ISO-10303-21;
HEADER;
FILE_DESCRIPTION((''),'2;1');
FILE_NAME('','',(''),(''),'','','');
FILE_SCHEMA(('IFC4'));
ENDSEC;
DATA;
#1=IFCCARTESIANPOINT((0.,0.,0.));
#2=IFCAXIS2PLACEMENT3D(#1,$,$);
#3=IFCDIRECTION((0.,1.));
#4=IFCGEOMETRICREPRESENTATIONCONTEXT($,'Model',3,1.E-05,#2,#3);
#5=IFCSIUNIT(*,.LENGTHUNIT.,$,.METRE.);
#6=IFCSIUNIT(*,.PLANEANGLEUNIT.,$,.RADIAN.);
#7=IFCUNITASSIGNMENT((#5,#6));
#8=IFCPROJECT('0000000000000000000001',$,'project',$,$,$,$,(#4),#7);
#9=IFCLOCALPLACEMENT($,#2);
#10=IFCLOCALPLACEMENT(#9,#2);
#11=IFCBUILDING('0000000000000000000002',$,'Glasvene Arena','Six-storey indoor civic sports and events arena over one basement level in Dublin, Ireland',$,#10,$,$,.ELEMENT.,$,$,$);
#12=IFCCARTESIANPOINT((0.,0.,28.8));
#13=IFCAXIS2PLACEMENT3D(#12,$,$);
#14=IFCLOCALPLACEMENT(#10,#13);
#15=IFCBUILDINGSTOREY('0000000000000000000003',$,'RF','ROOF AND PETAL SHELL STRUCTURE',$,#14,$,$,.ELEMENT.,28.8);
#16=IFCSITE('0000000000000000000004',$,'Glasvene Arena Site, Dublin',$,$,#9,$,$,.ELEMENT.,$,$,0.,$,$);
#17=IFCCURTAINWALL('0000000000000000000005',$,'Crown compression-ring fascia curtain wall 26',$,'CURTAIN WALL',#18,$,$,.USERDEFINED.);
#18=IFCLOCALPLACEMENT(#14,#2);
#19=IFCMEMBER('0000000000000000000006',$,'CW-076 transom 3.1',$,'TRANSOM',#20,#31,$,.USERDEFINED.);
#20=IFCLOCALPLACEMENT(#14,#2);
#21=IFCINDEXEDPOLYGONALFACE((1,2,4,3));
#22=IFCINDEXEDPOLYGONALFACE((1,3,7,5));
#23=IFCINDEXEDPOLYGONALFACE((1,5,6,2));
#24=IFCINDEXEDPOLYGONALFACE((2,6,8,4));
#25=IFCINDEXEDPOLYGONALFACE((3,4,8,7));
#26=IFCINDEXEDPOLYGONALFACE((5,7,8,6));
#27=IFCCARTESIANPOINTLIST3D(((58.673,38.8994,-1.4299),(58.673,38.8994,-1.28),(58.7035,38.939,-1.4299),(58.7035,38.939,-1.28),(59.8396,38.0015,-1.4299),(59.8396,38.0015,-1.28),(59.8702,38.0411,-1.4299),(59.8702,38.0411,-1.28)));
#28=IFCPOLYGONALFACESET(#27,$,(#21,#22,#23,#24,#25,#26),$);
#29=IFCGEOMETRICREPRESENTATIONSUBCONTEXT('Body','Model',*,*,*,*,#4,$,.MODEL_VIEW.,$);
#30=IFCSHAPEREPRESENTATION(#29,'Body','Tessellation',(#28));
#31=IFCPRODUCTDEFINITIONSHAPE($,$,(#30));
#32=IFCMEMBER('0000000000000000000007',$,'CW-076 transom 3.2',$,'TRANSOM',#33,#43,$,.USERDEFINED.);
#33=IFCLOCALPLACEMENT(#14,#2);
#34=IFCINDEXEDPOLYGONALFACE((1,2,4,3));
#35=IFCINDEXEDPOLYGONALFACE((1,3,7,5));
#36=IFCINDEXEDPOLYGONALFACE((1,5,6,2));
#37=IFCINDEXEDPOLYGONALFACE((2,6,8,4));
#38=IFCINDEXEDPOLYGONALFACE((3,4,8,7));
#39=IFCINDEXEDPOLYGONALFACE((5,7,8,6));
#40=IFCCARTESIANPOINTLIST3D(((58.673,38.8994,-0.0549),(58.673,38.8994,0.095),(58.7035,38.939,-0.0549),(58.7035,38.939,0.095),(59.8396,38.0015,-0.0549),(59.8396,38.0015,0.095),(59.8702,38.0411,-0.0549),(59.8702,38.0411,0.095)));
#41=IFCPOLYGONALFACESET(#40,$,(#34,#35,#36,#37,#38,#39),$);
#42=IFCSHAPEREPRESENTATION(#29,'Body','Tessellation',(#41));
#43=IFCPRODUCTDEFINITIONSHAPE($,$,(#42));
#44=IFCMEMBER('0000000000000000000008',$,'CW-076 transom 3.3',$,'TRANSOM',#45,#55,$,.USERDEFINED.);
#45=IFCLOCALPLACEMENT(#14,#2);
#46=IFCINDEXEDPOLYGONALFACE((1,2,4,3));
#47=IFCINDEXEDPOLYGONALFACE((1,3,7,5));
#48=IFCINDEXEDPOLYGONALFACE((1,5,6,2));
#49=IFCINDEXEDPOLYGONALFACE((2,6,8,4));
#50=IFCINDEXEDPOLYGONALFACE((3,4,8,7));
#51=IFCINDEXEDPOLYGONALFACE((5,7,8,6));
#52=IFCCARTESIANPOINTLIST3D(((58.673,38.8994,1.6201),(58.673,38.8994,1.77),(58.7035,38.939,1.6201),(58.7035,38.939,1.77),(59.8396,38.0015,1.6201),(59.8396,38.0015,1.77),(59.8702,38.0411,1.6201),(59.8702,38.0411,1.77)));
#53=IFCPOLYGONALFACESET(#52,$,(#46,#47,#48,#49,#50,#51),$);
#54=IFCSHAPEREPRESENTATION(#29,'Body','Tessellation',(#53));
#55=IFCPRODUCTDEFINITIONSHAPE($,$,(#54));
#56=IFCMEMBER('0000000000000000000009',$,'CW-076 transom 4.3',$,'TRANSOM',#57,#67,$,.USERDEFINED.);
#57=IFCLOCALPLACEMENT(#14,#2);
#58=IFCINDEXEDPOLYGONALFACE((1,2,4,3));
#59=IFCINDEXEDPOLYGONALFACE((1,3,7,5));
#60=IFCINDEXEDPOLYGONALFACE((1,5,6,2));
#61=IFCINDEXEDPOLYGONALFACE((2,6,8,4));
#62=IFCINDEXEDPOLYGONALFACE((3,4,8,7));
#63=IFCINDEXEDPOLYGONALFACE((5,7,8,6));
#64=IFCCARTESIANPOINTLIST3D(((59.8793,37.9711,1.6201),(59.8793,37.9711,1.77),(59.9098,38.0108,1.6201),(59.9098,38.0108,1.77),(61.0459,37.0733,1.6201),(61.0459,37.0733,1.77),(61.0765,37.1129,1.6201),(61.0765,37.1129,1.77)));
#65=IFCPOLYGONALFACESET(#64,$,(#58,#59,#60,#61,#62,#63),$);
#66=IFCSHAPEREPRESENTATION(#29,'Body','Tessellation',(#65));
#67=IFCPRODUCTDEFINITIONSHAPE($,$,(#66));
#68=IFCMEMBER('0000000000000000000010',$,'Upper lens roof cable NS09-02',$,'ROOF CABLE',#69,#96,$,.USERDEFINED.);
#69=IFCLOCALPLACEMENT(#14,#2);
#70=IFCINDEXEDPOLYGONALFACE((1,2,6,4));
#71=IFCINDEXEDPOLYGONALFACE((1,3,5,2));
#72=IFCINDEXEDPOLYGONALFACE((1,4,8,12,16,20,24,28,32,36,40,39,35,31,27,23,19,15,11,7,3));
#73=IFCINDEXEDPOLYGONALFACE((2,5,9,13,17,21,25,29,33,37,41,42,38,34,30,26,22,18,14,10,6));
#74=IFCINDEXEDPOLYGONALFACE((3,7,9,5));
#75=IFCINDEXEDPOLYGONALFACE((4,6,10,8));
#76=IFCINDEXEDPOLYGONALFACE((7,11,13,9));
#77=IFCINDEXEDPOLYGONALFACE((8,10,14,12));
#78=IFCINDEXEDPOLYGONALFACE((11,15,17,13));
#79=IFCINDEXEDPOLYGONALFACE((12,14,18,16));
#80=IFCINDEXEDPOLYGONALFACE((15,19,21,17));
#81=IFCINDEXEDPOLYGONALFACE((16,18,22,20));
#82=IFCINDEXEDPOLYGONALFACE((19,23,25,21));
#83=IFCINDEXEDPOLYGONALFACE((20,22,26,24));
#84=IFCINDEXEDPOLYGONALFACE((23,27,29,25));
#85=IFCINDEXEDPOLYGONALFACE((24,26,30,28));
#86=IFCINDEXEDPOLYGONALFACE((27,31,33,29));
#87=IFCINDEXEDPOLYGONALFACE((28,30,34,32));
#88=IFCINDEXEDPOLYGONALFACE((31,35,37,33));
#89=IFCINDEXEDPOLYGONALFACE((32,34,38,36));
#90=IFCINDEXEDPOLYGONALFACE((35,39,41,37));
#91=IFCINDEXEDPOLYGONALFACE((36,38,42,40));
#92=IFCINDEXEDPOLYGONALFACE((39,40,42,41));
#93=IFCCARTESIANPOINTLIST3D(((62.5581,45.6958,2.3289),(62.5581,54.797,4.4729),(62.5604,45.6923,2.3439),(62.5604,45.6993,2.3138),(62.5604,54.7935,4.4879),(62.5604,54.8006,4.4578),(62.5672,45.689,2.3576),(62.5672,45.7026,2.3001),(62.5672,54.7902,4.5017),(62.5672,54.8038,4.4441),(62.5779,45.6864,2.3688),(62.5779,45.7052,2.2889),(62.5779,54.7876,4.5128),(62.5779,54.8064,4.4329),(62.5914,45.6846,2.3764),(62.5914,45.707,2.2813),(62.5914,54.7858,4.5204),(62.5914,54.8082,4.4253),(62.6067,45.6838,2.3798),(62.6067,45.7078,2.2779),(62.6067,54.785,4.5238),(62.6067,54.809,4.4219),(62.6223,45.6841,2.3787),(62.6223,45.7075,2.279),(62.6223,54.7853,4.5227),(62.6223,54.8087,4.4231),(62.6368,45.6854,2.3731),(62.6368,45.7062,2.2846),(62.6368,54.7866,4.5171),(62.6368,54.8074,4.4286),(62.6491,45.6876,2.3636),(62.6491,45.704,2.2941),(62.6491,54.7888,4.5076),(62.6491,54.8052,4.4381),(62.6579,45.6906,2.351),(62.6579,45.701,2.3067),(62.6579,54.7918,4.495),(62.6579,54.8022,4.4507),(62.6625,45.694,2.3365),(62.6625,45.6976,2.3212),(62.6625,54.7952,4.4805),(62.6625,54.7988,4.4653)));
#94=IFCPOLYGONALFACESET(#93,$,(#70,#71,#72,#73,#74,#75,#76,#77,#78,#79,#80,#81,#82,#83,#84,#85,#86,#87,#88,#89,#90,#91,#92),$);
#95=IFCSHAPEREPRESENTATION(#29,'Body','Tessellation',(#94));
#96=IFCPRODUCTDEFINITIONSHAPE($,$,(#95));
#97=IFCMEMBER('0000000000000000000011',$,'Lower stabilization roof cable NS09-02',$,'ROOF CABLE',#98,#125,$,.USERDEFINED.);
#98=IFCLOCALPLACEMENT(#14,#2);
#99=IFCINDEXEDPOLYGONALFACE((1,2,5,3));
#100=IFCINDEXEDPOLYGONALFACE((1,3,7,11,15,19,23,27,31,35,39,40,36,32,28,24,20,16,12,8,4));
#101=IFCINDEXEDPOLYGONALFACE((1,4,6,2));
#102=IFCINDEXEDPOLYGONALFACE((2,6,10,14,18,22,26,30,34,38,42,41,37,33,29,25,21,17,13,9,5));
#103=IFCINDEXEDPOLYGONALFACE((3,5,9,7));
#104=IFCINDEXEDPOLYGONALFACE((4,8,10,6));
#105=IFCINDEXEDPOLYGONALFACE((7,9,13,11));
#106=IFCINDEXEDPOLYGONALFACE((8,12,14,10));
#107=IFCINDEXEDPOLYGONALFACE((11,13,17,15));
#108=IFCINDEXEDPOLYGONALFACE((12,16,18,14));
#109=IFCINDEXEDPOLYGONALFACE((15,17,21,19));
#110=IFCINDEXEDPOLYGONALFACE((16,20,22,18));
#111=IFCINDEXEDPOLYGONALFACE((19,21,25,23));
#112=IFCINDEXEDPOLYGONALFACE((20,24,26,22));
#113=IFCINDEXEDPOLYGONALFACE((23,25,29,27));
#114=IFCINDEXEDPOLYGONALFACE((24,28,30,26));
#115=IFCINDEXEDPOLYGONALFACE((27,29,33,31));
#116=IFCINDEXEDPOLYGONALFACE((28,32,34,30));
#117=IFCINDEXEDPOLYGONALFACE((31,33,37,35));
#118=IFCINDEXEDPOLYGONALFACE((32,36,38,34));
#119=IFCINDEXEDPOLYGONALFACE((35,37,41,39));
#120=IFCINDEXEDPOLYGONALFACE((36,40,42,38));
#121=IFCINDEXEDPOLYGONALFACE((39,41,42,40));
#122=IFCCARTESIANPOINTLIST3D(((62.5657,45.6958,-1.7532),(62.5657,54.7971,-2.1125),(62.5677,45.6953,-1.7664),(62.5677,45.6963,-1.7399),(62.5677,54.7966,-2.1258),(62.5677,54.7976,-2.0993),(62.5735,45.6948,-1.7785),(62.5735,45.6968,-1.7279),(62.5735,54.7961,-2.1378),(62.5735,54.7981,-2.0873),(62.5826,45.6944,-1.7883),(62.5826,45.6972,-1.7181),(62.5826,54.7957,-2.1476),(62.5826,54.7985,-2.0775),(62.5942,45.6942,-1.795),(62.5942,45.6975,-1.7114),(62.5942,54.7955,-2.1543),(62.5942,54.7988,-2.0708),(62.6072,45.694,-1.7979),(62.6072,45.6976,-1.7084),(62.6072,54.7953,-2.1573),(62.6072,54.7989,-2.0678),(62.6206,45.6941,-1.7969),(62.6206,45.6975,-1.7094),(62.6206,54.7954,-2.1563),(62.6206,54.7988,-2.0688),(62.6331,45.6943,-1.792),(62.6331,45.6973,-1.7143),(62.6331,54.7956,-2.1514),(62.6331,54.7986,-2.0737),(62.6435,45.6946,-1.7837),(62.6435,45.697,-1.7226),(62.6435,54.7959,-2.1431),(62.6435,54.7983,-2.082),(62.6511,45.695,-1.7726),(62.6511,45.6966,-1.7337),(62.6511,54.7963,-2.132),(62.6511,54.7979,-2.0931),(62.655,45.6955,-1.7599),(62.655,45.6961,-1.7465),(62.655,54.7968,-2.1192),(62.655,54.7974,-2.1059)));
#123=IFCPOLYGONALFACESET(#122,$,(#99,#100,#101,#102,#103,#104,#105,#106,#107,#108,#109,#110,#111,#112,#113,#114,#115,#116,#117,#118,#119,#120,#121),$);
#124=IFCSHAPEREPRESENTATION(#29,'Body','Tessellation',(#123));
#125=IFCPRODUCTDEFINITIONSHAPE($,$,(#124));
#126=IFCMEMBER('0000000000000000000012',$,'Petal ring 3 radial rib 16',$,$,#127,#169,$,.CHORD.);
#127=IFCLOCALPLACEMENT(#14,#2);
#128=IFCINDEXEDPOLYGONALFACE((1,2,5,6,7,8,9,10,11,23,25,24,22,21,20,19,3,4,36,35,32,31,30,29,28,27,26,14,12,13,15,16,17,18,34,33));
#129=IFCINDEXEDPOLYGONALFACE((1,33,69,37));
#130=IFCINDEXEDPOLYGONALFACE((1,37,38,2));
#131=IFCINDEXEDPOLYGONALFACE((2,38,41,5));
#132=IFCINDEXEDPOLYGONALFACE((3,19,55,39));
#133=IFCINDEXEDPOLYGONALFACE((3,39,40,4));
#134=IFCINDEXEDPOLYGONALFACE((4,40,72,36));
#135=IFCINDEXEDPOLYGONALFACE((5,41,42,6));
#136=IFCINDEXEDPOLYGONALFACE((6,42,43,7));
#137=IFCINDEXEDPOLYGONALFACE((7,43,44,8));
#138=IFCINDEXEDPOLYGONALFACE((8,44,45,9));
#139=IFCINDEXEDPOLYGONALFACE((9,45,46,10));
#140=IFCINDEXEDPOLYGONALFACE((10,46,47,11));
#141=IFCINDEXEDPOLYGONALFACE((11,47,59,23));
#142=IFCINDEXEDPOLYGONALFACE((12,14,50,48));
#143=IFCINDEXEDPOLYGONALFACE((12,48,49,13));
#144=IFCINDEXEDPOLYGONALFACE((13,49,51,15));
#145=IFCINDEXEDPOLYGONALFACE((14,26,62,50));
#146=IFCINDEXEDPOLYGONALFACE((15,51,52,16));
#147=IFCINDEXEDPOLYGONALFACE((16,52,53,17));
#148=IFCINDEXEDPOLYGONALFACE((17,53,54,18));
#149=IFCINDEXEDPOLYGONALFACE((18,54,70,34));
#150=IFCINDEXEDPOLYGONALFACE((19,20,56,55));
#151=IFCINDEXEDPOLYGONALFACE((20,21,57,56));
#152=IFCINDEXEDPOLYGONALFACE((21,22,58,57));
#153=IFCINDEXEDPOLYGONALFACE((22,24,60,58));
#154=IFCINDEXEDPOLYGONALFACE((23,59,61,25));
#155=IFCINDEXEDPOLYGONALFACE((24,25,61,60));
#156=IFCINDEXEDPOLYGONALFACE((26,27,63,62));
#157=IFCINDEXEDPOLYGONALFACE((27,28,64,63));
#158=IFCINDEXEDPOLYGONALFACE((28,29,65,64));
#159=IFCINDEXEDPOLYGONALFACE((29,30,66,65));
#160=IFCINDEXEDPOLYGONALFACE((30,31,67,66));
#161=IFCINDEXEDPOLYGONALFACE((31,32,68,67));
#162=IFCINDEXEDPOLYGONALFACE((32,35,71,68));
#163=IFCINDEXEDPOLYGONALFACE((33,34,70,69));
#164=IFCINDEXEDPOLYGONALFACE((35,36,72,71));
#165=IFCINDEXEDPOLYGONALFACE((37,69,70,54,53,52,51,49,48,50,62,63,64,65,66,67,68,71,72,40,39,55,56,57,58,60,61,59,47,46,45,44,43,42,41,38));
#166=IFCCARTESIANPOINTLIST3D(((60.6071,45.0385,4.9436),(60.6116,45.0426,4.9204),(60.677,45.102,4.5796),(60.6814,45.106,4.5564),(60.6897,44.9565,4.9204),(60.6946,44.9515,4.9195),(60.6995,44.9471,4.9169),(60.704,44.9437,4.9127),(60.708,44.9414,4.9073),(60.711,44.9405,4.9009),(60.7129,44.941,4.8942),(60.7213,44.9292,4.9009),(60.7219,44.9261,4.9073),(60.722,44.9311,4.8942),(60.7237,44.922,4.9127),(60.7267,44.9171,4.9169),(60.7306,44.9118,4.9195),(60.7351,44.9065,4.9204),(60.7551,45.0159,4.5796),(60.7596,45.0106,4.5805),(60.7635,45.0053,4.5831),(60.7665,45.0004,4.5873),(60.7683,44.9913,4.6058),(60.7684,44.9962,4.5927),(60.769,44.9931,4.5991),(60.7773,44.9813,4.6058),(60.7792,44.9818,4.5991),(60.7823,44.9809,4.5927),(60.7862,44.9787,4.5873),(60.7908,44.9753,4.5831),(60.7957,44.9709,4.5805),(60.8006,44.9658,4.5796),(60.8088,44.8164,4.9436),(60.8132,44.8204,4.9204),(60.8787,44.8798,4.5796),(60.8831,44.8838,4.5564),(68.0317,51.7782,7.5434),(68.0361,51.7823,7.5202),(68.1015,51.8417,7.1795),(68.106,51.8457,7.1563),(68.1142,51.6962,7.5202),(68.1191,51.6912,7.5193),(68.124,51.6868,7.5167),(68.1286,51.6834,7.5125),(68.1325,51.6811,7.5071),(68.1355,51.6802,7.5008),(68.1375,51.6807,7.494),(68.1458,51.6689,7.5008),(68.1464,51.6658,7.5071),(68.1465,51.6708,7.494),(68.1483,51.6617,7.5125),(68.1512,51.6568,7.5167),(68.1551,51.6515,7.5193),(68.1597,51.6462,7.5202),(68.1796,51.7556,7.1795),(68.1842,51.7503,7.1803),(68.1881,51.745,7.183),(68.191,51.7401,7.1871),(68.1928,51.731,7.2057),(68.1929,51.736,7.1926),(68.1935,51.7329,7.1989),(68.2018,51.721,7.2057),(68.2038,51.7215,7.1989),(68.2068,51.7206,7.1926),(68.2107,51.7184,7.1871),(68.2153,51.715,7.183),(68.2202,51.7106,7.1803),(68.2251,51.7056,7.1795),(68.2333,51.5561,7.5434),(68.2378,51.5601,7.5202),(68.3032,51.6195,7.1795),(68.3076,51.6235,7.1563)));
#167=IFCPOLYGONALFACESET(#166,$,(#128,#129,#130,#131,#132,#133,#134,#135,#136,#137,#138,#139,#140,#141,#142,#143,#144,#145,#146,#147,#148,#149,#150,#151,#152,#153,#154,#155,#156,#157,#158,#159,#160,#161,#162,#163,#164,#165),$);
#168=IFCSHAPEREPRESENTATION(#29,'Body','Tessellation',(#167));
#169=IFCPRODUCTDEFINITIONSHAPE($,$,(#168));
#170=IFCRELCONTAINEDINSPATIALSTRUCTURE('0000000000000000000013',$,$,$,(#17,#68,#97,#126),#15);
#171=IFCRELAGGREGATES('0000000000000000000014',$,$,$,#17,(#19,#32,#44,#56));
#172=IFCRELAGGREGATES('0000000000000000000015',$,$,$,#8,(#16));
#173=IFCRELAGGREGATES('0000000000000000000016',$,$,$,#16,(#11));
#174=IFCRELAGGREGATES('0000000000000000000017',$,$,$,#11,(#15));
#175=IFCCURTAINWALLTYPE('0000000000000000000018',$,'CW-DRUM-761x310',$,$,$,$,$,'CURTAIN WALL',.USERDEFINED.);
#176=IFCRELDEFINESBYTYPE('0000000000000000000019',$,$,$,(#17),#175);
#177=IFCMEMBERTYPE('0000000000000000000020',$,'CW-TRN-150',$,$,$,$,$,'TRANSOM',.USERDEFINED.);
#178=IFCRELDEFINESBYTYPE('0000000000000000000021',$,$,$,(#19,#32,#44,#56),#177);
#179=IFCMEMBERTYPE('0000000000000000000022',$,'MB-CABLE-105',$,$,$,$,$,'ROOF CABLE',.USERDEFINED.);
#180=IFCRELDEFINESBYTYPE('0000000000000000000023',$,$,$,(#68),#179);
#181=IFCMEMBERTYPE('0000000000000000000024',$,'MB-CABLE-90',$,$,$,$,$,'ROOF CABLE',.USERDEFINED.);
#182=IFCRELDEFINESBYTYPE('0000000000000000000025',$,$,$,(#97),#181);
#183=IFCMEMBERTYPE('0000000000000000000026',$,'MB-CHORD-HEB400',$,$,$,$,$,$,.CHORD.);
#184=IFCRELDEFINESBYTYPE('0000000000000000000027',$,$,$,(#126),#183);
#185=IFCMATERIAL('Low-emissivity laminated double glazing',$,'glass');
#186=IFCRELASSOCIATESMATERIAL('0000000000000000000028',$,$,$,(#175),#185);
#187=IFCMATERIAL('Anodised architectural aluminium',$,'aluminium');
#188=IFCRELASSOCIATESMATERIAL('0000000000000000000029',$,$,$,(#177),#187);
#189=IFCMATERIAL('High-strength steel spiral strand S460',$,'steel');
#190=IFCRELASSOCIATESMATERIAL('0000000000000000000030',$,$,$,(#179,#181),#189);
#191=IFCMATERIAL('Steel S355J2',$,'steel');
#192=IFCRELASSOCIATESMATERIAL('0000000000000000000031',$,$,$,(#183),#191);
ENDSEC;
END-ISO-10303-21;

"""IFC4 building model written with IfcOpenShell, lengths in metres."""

from ifc_helpers import new_model, si_unit, direction, frame, origin, origin_2d, place, context, subcontext, project, spatial, rectangle, circle, i_section, extrude, material, material_profile, profile_set, type_object, element, aggregate, save


model = new_model("IFC4")

# Units and contexts
model_context = context("Model", 3, precision=1e-05, world=origin(), true_north=direction((0.0, 1.0)))
body_context = subcontext(model_context, "Body", "Model", "MODEL_VIEW")
ifc_project = project(units=[si_unit("LENGTHUNIT", "METRE"), si_unit("PLANEANGLEUNIT", "RADIAN")], contexts=[model_context])

# Site, building, storey
site_placement = place(None, origin())
site = spatial("IfcSite", under=ifc_project, at=site_placement, Name="Glasvene Arena Site, Dublin", CompositionType="ELEMENT", RefElevation=0.0)
building_placement = place(site_placement, origin())
building = spatial("IfcBuilding", under=site, at=building_placement, Name="Glasvene Arena", Description="Six-storey indoor civic sports and events arena over one basement level in Dublin, Ireland", CompositionType="ELEMENT")
storey_placement = place(building_placement, frame((0.0, 0.0, 28.8)))
storey = spatial("IfcBuildingStorey", under=building, at=storey_placement, Name="RF", Description="ROOF AND PETAL SHELL STRUCTURE", CompositionType="ELEMENT", Elevation=28.8)

# Shared definitions
ifc_material_1 = material(Name="Low-emissivity laminated double glazing", Category="glass")
ifc_material_2 = material(Name="Anodised architectural aluminium", Category="aluminium")

# Curtain wall
curtain_wall_type_1 = type_object("IfcCurtainWallType", Name="CW-DRUM-761x310", ElementType="CURTAIN WALL", PredefinedType="USERDEFINED", material=ifc_material_1)
curtain_wall_1_placement = place(storey_placement, frame((56.2559, 40.7913, 0.0)))
curtain_wall_1 = element("IfcCurtainWall", 1, at=curtain_wall_1_placement, inside=storey, type_object=curtain_wall_type_1, Name="Crown compression-ring fascia curtain wall 26", ObjectType="CURTAIN WALL", PredefinedType="USERDEFINED")

# Members
ifc_material_profile_1 = material_profile(ifc_material_2, rectangle(XDim=0.05, YDim=0.1499, at=origin_2d()), Name="ALU TRANSOM 50x150")
ifc_profile_set_1 = profile_set([ifc_material_profile_1], Name="Anodised architectural aluminium")
member_type_1 = type_object("IfcMemberType", Name="CW-TRN-150", ElementType="TRANSOM", PredefinedType="USERDEFINED", material=ifc_profile_set_1)
member_1_placement = place(storey_placement, frame((58.6882, 38.9192, -1.355), z_axis=(0.792476, -0.609903, 0.0), x_axis=(0.609903, 0.792476, 0.0)))
member_1 = element("IfcMember", 2, at=member_1_placement, type_object=member_type_1, Name="CW-076 transom 3.1", ObjectType="TRANSOM", PredefinedType="USERDEFINED", context=body_context, shape_type="SweptSolid", body=[
    extrude(rectangle(XDim=0.05, YDim=0.1499, at=origin_2d()), origin(), (0.0, 0.0, 1.0), 1.4722),
])
member_2_placement = place(storey_placement, frame((58.6882, 38.9192, 0.02), z_axis=(0.792476, -0.609903, 0.0), x_axis=(0.609903, 0.792476, 0.0)))
member_2 = element("IfcMember", 3, at=member_2_placement, type_object=member_type_1, Name="CW-076 transom 3.2", ObjectType="TRANSOM", PredefinedType="USERDEFINED", context=body_context, shape_type="SweptSolid", body=[
    extrude(rectangle(XDim=0.05, YDim=0.1499, at=origin_2d()), origin(), (0.0, 0.0, 1.0), 1.4722),
])
member_3_placement = place(storey_placement, frame((58.6882, 38.9192, 1.6951), z_axis=(0.792476, -0.609903, 0.0), x_axis=(0.609903, 0.792476, 0.0)))
member_3 = element("IfcMember", 4, at=member_3_placement, type_object=member_type_1, Name="CW-076 transom 3.3", ObjectType="TRANSOM", PredefinedType="USERDEFINED", context=body_context, shape_type="SweptSolid", body=[
    extrude(rectangle(XDim=0.05, YDim=0.1499, at=origin_2d()), origin(), (0.0, 0.0, 1.0), 1.4722),
])
member_4_placement = place(storey_placement, frame((59.8945, 37.991, 1.6951), z_axis=(0.792476, -0.609903, 0.0), x_axis=(0.609903, 0.792476, 0.0)))
member_4 = element("IfcMember", 5, at=member_4_placement, type_object=member_type_1, Name="CW-076 transom 4.3", ObjectType="TRANSOM", PredefinedType="USERDEFINED", context=body_context, shape_type="SweptSolid", body=[
    extrude(rectangle(XDim=0.05, YDim=0.1499, at=origin_2d()), origin(), (0.0, 0.0, 1.0), 1.4722),
])

# Members
ifc_material_3 = material(Name="High-strength steel spiral strand S460", Category="steel")
ifc_material_profile_2 = material_profile(ifc_material_3, circle(Radius=0.0525, at=origin_2d()), Name="LCSS D105")
ifc_profile_set_2 = profile_set([ifc_material_profile_2], Name="High-strength steel spiral strand S460")
member_type_2 = type_object("IfcMemberType", Name="MB-CABLE-105", ElementType="ROOF CABLE", PredefinedType="USERDEFINED", material=ifc_profile_set_2)
member_5_placement = place(storey_placement, frame((62.6106, 45.6958, 2.3289), z_axis=(0.0, 0.973356, 0.229298), x_axis=(-1.0, 0.0, 0.0)))
element("IfcMember", 6, at=member_5_placement, inside=storey, type_object=member_type_2, Name="Upper lens roof cable NS09-02", ObjectType="ROOF CABLE", PredefinedType="USERDEFINED", context=body_context, shape_type="SweptSolid", body=[
    extrude(circle(Radius=0.0525, at=origin_2d()), origin(), (0.0, 0.0, 1.0), 9.3503),
])
ifc_material_profile_3 = material_profile(ifc_material_3, circle(Radius=0.0449, at=origin_2d()), Name="LCSS D90")
ifc_profile_set_3 = profile_set([ifc_material_profile_3], Name="High-strength steel spiral strand S460")
member_type_3 = type_object("IfcMemberType", Name="MB-CABLE-90", ElementType="ROOF CABLE", PredefinedType="USERDEFINED", material=ifc_profile_set_3)
member_6_placement = place(storey_placement, frame((62.6106, 45.6958, -1.7532), z_axis=(0.0, 0.999221, -0.039455), x_axis=(-1.0, 0.0, 0.0)))
element("IfcMember", 7, at=member_6_placement, inside=storey, type_object=member_type_3, Name="Lower stabilization roof cable NS09-02", ObjectType="ROOF CABLE", PredefinedType="USERDEFINED", context=body_context, shape_type="SweptSolid", body=[
    extrude(circle(Radius=0.0449, at=origin_2d()), origin(), (0.0, 0.0, 1.0), 9.1084),
])
ifc_material_4 = material(Name="Steel S355J2", Category="steel")
ifc_material_profile_4 = material_profile(ifc_material_4, i_section(OverallWidth=0.3, OverallDepth=0.3999, WebThickness=0.0134, FlangeThickness=0.0239, FilletRadius=0.0271, at=origin_2d()), Name="HEB 400")
ifc_profile_set_4 = profile_set([ifc_material_profile_4], Name="Steel S355J2")
member_type_4 = type_object("IfcMemberType", Name="MB-CHORD-HEB400", PredefinedType="CHORD", material=ifc_profile_set_4)
member_7_placement = place(storey_placement, frame((60.7451, 44.9612, 4.75), z_axis=(0.71673, 0.650622, 0.250977), x_axis=(-0.672135, 0.740429, 0.0)))
element("IfcMember", 8, at=member_7_placement, inside=storey, type_object=member_type_4, Name="Petal ring 3 radial rib 16", PredefinedType="CHORD", context=body_context, shape_type="SweptSolid", body=[
    extrude(i_section(OverallWidth=0.3, OverallDepth=0.3999, WebThickness=0.0134, FlangeThickness=0.0239, FilletRadius=0.0271, at=origin_2d()), origin(), (0.0, 0.0, 1.0), 10.3589),
])

aggregate(curtain_wall_1, [member_1, member_2, member_3, member_4])

save(model, "model.ifc")
